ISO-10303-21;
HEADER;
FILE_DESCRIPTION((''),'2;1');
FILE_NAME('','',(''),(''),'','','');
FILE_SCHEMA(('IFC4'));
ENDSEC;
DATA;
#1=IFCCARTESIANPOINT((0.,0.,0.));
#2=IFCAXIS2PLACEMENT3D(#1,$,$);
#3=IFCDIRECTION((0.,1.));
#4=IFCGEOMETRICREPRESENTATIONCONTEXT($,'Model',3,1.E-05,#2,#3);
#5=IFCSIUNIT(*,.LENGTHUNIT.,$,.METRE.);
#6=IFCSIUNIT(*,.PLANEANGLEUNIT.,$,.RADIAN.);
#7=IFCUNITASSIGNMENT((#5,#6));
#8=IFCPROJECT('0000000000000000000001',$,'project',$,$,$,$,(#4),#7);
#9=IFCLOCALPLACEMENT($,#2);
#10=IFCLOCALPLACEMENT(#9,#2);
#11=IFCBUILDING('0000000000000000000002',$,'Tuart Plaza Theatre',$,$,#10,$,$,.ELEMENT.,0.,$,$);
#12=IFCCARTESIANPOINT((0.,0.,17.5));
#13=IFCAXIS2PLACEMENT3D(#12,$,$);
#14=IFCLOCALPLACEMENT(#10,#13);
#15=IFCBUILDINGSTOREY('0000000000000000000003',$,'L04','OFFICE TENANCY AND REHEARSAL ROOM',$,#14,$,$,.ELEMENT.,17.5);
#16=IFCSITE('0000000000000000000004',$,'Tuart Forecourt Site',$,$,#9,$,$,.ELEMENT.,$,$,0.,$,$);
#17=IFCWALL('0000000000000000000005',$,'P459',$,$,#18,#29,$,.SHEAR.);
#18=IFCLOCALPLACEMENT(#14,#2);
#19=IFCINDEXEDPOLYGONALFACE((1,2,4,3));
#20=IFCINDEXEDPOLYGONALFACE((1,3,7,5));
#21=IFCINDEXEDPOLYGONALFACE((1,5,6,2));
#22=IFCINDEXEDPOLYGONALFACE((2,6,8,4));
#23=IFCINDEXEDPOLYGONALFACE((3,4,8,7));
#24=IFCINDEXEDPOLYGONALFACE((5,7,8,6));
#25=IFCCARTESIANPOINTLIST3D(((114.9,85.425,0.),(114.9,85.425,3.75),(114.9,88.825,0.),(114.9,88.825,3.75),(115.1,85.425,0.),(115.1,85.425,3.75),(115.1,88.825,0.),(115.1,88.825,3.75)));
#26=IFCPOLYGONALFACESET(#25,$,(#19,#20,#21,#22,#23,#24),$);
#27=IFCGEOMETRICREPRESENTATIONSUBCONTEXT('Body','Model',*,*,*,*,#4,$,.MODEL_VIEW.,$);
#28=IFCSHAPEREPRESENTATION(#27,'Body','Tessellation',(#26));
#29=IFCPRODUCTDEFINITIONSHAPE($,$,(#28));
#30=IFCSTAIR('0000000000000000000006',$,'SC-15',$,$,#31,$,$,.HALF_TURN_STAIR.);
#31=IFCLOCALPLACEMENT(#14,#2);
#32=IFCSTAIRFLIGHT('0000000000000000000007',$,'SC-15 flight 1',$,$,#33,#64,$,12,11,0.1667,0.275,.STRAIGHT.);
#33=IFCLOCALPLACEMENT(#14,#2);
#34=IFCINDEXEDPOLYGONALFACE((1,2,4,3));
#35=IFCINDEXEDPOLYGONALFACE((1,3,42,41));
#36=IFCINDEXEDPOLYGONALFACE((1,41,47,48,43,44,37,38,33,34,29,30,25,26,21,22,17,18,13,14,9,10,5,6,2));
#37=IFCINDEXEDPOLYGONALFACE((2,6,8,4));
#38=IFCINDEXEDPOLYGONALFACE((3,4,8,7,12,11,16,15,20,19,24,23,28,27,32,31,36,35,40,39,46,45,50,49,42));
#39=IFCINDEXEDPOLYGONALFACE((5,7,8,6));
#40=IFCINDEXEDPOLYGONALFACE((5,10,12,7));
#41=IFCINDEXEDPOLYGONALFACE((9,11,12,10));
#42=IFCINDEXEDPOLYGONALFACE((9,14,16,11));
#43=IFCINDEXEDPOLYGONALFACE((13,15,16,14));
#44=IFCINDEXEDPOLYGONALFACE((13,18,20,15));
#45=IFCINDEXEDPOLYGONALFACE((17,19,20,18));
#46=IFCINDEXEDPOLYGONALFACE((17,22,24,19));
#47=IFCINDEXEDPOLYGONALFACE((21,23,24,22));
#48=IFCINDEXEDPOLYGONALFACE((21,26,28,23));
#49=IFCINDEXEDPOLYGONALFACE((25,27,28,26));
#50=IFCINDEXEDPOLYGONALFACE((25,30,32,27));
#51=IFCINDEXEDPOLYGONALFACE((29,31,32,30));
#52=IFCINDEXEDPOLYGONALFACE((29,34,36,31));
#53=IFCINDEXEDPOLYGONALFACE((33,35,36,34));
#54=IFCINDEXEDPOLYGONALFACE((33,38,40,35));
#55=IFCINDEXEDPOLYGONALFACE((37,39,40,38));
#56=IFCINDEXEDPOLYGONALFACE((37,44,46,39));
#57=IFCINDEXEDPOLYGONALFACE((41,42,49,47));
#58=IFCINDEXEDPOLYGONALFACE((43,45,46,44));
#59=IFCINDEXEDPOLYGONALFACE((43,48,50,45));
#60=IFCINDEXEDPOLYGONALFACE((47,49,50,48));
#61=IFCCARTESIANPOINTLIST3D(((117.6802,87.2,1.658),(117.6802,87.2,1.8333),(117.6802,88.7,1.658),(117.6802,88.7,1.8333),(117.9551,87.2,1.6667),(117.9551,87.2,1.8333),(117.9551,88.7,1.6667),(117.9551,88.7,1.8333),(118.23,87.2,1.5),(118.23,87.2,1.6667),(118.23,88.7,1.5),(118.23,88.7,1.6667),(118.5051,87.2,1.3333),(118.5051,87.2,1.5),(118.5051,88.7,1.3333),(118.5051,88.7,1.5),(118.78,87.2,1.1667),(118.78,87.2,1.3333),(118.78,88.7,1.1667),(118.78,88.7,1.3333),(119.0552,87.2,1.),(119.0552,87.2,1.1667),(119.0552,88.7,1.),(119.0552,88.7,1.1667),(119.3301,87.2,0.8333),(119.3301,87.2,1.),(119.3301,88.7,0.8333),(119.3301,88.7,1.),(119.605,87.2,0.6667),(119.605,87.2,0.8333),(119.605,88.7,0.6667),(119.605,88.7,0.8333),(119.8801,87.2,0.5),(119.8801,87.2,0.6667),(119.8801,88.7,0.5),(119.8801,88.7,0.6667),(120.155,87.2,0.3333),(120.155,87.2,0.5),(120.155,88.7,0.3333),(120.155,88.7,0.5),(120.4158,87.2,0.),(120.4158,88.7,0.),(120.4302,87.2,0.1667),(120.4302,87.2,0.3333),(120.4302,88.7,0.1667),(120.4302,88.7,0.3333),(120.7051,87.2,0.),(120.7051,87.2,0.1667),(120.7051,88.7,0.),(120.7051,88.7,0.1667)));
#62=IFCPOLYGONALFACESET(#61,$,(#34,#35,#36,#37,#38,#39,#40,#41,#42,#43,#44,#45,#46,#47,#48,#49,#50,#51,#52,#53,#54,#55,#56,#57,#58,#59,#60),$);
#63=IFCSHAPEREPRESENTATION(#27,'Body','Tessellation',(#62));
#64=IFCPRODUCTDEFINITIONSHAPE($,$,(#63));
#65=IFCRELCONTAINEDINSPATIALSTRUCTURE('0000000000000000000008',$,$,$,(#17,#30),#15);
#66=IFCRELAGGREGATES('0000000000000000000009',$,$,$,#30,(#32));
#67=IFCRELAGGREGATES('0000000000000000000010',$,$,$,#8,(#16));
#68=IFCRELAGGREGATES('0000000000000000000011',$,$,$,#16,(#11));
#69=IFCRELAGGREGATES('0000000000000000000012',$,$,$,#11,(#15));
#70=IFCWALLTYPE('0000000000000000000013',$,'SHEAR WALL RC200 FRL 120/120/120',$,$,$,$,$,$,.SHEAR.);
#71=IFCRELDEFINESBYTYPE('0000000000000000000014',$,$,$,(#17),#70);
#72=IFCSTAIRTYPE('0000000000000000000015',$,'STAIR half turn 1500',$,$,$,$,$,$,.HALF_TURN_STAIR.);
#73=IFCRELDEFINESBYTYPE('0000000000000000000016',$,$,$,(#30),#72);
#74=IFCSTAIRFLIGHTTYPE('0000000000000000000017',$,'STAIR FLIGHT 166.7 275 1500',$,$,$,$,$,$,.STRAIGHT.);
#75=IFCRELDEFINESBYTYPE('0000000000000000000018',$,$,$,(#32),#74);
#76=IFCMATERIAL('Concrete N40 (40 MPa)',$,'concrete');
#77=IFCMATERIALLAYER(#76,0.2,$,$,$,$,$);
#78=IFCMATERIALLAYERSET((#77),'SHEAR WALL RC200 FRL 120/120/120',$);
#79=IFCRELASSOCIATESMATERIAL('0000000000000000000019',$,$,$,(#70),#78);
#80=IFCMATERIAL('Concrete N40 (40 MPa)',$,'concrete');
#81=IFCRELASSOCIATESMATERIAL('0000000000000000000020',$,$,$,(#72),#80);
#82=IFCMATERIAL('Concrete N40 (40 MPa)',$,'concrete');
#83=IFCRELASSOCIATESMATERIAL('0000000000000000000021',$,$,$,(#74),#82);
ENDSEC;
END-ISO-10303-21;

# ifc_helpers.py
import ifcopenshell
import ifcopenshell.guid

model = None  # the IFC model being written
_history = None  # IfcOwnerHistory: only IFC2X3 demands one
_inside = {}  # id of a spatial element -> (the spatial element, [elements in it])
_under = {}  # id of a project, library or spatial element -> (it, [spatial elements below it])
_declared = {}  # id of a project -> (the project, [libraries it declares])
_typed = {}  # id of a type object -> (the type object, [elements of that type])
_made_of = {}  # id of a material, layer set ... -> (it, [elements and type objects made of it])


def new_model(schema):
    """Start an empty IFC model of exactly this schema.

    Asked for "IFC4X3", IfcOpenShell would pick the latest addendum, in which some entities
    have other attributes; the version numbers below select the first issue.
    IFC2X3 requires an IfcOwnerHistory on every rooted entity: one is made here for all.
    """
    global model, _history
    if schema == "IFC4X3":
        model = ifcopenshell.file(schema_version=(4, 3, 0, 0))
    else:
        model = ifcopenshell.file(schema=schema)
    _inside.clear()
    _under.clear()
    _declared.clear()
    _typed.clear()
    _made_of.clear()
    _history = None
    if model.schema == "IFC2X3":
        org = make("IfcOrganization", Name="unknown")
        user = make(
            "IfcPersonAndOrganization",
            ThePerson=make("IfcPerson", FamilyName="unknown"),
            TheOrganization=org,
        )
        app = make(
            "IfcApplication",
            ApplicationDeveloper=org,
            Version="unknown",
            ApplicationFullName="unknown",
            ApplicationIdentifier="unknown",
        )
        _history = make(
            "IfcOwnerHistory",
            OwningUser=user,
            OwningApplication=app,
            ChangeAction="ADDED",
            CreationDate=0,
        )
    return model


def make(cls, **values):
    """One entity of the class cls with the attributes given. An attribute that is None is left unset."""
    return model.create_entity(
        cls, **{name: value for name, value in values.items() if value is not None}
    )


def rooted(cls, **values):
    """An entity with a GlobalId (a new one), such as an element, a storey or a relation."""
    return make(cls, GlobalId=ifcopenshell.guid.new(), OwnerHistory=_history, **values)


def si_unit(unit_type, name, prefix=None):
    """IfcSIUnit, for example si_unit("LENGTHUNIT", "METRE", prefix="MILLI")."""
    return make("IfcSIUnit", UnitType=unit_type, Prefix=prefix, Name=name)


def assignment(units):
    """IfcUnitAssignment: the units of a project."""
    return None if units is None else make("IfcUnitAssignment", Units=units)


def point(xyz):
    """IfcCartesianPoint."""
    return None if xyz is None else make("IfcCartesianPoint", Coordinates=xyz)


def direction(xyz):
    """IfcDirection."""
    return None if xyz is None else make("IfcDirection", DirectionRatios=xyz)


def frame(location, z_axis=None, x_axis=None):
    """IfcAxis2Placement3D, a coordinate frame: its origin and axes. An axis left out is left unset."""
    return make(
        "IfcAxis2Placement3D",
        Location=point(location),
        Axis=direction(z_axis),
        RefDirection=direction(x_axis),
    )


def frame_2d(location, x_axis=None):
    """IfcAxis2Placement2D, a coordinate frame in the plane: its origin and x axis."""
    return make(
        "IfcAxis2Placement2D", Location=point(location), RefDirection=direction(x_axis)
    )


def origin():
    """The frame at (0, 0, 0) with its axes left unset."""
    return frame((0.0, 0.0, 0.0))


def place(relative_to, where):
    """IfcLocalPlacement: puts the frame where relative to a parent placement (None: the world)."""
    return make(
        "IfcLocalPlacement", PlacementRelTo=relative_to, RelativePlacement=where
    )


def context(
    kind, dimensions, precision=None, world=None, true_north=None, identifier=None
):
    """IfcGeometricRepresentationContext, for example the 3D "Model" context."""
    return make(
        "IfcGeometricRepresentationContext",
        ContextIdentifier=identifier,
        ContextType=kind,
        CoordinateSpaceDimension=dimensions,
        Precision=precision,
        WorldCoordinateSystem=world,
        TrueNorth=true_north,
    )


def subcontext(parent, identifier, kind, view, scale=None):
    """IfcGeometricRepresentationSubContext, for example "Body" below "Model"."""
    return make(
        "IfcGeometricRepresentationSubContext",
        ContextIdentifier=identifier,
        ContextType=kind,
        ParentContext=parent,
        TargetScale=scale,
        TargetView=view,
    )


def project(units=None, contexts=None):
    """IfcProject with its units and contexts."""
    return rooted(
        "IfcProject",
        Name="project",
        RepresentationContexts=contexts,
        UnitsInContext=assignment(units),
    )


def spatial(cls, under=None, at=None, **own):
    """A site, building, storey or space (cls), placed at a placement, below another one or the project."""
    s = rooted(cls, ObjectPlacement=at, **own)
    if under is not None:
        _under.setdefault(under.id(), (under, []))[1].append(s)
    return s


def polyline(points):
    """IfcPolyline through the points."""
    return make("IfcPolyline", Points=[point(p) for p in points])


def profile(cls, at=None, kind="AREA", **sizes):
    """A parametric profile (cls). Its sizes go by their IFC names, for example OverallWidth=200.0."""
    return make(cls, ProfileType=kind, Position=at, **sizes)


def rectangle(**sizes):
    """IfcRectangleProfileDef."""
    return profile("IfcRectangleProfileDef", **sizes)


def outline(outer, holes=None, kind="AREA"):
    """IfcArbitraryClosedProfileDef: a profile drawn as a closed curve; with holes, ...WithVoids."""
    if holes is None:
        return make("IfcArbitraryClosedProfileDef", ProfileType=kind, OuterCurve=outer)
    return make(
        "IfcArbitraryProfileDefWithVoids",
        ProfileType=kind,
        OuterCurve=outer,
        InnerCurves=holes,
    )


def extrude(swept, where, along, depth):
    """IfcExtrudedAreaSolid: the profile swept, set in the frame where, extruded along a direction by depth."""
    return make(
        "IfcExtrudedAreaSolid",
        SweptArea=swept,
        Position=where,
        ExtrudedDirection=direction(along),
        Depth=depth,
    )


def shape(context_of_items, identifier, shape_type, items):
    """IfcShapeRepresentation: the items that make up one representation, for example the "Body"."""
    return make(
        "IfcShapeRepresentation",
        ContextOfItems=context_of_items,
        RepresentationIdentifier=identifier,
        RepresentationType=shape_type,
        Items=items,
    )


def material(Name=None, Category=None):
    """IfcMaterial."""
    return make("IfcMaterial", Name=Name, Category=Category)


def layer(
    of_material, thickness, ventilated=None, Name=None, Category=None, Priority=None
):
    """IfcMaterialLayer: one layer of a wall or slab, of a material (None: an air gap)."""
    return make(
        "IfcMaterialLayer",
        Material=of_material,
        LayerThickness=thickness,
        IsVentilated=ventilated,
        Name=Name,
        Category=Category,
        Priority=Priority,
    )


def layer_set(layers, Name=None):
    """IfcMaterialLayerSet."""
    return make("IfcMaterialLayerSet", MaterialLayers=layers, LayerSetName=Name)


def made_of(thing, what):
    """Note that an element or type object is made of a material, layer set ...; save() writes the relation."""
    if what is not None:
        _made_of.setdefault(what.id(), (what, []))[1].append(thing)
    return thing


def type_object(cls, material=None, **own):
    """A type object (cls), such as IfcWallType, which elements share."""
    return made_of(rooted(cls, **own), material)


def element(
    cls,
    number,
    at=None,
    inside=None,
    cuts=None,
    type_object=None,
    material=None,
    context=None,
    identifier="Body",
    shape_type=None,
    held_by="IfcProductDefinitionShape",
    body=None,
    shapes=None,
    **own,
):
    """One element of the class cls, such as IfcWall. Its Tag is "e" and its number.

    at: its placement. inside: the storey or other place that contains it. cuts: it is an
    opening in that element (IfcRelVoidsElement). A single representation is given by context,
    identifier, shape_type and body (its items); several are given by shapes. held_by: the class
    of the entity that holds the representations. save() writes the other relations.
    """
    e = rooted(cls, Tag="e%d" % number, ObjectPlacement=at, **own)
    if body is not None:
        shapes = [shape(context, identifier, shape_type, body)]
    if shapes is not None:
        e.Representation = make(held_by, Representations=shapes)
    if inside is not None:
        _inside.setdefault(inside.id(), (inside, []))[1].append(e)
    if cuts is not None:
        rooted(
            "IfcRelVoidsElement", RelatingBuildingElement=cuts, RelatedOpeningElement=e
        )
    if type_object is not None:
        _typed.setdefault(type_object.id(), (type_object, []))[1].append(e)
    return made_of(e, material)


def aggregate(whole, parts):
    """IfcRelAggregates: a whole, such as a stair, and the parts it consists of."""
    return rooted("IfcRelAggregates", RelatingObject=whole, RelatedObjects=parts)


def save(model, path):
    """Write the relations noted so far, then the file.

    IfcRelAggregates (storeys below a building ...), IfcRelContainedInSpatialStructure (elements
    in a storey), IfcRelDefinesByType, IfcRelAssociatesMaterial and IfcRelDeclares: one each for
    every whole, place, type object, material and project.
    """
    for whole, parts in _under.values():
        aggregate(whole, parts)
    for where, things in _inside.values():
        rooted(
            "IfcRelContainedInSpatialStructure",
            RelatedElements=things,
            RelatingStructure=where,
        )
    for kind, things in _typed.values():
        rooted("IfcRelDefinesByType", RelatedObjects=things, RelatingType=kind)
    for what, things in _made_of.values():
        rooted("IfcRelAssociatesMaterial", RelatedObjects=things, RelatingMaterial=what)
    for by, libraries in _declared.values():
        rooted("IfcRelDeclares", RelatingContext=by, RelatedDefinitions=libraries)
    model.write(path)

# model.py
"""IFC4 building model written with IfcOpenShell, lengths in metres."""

from ifc_helpers import new_model, si_unit, direction, frame, frame_2d, origin, place, context, subcontext, project, spatial, polyline, rectangle, outline, extrude, material, layer, layer_set, type_object, element, aggregate, save


model = new_model("IFC4")

# Units and contexts
model_context = context("Model", 3, precision=1e-05, world=origin(), true_north=direction((0.0, 1.0)))
body_context = subcontext(model_context, "Body", "Model", "MODEL_VIEW")
ifc_project = project(units=[si_unit("LENGTHUNIT", "METRE"), si_unit("PLANEANGLEUNIT", "RADIAN")], contexts=[model_context])

# Site, building, storey
site_placement = place(None, origin())
site = spatial("IfcSite", under=ifc_project, at=site_placement, Name="Tuart Forecourt Site", CompositionType="ELEMENT", RefElevation=0.0)
building_placement = place(site_placement, origin())
building = spatial("IfcBuilding", under=site, at=building_placement, Name="Tuart Plaza Theatre", CompositionType="ELEMENT", ElevationOfRefHeight=0.0)
storey_placement = place(building_placement, frame((0.0, 0.0, 17.5)))
storey = spatial("IfcBuildingStorey", under=building, at=storey_placement, Name="L04", Description="OFFICE TENANCY AND REHEARSAL ROOM", CompositionType="ELEMENT", Elevation=17.5)

# Wall
ifc_material_1 = material(Name="Concrete N40 (40 MPa)", Category="concrete")
ifc_layer_1 = layer(ifc_material_1, 0.2)
ifc_layer_set_1 = layer_set([ifc_layer_1], Name="SHEAR WALL RC200 FRL 120/120/120")
wall_type_1 = type_object("IfcWallType", Name="SHEAR WALL RC200 FRL 120/120/120", PredefinedType="SHEAR", material=ifc_layer_set_1)
wall_1_placement = place(storey_placement, frame((115.0, 88.825, 0.0), z_axis=(0.0, 0.0, 1.0), x_axis=(0.0, -1.0, 0.0)))
element("IfcWall", 1, at=wall_1_placement, inside=storey, type_object=wall_type_1, Name="P459", PredefinedType="SHEAR", context=body_context, shape_type="SweptSolid", body=[
    extrude(rectangle(XDim=3.3999, YDim=0.2, at=frame_2d((1.7, 0.0))), origin(), (0.0, 0.0, 1.0), 3.75),
])

# Stair, stair flight
ifc_material_2 = material(Name="Concrete N40 (40 MPa)", Category="concrete")
stair_type = type_object("IfcStairType", Name="STAIR half turn 1500", PredefinedType="HALF_TURN_STAIR", material=ifc_material_2)
stair_placement = place(storey_placement, origin())
stair = element("IfcStair", 2, at=stair_placement, inside=storey, type_object=stair_type, Name="SC-15", PredefinedType="HALF_TURN_STAIR")
ifc_material_3 = material(Name="Concrete N40 (40 MPa)", Category="concrete")
stair_flight_type = type_object("IfcStairFlightType", Name="STAIR FLIGHT 166.7 275 1500", PredefinedType="STRAIGHT", material=ifc_material_3)
stair_flight_placement = place(storey_placement, frame((120.7051, 87.95, 0.0), z_axis=(0.0, 0.0, 1.0), x_axis=(-1.0, 0.0, 0.0)))
stair_flight = element("IfcStairFlight", 3, at=stair_flight_placement, type_object=stair_flight_type, Name="SC-15 flight 1", NumberOfRisers=12, NumberOfTreads=11, PredefinedType="STRAIGHT", RiserHeight=0.1667, TreadLength=0.275, context=body_context, shape_type="SweptSolid", body=[
    extrude(outline(polyline([(0.0, 0.0), (0.0, 0.1667), (0.2749, 0.1667), (0.2749, 0.3333), (0.55, 0.3333), (0.55, 0.5), (0.825, 0.5), (0.825, 0.6667), (1.1001, 0.6667), (1.1001, 0.8333), (1.375, 0.8333), (1.375, 1.0), (1.6499, 1.0), (1.6499, 1.1667), (1.925, 1.1667), (1.925, 1.3333), (2.2, 1.3333), (2.2, 1.5), (2.4751, 1.5), (2.4751, 1.6667), (2.75, 1.6667), (2.75, 1.8333), (3.0249, 1.8333), (3.0249, 2.0), (3.0249, 1.658), (0.2893, 0.0), (0.0, 0.0)])), frame((0.0, 0.75, 0.0), z_axis=(0.0, -1.0, 0.0), x_axis=(1.0, 0.0, 0.0)), (0.0, 0.0, 1.0), 1.5),
])
aggregate(stair, [stair_flight])

save(model, "model.ifc")
